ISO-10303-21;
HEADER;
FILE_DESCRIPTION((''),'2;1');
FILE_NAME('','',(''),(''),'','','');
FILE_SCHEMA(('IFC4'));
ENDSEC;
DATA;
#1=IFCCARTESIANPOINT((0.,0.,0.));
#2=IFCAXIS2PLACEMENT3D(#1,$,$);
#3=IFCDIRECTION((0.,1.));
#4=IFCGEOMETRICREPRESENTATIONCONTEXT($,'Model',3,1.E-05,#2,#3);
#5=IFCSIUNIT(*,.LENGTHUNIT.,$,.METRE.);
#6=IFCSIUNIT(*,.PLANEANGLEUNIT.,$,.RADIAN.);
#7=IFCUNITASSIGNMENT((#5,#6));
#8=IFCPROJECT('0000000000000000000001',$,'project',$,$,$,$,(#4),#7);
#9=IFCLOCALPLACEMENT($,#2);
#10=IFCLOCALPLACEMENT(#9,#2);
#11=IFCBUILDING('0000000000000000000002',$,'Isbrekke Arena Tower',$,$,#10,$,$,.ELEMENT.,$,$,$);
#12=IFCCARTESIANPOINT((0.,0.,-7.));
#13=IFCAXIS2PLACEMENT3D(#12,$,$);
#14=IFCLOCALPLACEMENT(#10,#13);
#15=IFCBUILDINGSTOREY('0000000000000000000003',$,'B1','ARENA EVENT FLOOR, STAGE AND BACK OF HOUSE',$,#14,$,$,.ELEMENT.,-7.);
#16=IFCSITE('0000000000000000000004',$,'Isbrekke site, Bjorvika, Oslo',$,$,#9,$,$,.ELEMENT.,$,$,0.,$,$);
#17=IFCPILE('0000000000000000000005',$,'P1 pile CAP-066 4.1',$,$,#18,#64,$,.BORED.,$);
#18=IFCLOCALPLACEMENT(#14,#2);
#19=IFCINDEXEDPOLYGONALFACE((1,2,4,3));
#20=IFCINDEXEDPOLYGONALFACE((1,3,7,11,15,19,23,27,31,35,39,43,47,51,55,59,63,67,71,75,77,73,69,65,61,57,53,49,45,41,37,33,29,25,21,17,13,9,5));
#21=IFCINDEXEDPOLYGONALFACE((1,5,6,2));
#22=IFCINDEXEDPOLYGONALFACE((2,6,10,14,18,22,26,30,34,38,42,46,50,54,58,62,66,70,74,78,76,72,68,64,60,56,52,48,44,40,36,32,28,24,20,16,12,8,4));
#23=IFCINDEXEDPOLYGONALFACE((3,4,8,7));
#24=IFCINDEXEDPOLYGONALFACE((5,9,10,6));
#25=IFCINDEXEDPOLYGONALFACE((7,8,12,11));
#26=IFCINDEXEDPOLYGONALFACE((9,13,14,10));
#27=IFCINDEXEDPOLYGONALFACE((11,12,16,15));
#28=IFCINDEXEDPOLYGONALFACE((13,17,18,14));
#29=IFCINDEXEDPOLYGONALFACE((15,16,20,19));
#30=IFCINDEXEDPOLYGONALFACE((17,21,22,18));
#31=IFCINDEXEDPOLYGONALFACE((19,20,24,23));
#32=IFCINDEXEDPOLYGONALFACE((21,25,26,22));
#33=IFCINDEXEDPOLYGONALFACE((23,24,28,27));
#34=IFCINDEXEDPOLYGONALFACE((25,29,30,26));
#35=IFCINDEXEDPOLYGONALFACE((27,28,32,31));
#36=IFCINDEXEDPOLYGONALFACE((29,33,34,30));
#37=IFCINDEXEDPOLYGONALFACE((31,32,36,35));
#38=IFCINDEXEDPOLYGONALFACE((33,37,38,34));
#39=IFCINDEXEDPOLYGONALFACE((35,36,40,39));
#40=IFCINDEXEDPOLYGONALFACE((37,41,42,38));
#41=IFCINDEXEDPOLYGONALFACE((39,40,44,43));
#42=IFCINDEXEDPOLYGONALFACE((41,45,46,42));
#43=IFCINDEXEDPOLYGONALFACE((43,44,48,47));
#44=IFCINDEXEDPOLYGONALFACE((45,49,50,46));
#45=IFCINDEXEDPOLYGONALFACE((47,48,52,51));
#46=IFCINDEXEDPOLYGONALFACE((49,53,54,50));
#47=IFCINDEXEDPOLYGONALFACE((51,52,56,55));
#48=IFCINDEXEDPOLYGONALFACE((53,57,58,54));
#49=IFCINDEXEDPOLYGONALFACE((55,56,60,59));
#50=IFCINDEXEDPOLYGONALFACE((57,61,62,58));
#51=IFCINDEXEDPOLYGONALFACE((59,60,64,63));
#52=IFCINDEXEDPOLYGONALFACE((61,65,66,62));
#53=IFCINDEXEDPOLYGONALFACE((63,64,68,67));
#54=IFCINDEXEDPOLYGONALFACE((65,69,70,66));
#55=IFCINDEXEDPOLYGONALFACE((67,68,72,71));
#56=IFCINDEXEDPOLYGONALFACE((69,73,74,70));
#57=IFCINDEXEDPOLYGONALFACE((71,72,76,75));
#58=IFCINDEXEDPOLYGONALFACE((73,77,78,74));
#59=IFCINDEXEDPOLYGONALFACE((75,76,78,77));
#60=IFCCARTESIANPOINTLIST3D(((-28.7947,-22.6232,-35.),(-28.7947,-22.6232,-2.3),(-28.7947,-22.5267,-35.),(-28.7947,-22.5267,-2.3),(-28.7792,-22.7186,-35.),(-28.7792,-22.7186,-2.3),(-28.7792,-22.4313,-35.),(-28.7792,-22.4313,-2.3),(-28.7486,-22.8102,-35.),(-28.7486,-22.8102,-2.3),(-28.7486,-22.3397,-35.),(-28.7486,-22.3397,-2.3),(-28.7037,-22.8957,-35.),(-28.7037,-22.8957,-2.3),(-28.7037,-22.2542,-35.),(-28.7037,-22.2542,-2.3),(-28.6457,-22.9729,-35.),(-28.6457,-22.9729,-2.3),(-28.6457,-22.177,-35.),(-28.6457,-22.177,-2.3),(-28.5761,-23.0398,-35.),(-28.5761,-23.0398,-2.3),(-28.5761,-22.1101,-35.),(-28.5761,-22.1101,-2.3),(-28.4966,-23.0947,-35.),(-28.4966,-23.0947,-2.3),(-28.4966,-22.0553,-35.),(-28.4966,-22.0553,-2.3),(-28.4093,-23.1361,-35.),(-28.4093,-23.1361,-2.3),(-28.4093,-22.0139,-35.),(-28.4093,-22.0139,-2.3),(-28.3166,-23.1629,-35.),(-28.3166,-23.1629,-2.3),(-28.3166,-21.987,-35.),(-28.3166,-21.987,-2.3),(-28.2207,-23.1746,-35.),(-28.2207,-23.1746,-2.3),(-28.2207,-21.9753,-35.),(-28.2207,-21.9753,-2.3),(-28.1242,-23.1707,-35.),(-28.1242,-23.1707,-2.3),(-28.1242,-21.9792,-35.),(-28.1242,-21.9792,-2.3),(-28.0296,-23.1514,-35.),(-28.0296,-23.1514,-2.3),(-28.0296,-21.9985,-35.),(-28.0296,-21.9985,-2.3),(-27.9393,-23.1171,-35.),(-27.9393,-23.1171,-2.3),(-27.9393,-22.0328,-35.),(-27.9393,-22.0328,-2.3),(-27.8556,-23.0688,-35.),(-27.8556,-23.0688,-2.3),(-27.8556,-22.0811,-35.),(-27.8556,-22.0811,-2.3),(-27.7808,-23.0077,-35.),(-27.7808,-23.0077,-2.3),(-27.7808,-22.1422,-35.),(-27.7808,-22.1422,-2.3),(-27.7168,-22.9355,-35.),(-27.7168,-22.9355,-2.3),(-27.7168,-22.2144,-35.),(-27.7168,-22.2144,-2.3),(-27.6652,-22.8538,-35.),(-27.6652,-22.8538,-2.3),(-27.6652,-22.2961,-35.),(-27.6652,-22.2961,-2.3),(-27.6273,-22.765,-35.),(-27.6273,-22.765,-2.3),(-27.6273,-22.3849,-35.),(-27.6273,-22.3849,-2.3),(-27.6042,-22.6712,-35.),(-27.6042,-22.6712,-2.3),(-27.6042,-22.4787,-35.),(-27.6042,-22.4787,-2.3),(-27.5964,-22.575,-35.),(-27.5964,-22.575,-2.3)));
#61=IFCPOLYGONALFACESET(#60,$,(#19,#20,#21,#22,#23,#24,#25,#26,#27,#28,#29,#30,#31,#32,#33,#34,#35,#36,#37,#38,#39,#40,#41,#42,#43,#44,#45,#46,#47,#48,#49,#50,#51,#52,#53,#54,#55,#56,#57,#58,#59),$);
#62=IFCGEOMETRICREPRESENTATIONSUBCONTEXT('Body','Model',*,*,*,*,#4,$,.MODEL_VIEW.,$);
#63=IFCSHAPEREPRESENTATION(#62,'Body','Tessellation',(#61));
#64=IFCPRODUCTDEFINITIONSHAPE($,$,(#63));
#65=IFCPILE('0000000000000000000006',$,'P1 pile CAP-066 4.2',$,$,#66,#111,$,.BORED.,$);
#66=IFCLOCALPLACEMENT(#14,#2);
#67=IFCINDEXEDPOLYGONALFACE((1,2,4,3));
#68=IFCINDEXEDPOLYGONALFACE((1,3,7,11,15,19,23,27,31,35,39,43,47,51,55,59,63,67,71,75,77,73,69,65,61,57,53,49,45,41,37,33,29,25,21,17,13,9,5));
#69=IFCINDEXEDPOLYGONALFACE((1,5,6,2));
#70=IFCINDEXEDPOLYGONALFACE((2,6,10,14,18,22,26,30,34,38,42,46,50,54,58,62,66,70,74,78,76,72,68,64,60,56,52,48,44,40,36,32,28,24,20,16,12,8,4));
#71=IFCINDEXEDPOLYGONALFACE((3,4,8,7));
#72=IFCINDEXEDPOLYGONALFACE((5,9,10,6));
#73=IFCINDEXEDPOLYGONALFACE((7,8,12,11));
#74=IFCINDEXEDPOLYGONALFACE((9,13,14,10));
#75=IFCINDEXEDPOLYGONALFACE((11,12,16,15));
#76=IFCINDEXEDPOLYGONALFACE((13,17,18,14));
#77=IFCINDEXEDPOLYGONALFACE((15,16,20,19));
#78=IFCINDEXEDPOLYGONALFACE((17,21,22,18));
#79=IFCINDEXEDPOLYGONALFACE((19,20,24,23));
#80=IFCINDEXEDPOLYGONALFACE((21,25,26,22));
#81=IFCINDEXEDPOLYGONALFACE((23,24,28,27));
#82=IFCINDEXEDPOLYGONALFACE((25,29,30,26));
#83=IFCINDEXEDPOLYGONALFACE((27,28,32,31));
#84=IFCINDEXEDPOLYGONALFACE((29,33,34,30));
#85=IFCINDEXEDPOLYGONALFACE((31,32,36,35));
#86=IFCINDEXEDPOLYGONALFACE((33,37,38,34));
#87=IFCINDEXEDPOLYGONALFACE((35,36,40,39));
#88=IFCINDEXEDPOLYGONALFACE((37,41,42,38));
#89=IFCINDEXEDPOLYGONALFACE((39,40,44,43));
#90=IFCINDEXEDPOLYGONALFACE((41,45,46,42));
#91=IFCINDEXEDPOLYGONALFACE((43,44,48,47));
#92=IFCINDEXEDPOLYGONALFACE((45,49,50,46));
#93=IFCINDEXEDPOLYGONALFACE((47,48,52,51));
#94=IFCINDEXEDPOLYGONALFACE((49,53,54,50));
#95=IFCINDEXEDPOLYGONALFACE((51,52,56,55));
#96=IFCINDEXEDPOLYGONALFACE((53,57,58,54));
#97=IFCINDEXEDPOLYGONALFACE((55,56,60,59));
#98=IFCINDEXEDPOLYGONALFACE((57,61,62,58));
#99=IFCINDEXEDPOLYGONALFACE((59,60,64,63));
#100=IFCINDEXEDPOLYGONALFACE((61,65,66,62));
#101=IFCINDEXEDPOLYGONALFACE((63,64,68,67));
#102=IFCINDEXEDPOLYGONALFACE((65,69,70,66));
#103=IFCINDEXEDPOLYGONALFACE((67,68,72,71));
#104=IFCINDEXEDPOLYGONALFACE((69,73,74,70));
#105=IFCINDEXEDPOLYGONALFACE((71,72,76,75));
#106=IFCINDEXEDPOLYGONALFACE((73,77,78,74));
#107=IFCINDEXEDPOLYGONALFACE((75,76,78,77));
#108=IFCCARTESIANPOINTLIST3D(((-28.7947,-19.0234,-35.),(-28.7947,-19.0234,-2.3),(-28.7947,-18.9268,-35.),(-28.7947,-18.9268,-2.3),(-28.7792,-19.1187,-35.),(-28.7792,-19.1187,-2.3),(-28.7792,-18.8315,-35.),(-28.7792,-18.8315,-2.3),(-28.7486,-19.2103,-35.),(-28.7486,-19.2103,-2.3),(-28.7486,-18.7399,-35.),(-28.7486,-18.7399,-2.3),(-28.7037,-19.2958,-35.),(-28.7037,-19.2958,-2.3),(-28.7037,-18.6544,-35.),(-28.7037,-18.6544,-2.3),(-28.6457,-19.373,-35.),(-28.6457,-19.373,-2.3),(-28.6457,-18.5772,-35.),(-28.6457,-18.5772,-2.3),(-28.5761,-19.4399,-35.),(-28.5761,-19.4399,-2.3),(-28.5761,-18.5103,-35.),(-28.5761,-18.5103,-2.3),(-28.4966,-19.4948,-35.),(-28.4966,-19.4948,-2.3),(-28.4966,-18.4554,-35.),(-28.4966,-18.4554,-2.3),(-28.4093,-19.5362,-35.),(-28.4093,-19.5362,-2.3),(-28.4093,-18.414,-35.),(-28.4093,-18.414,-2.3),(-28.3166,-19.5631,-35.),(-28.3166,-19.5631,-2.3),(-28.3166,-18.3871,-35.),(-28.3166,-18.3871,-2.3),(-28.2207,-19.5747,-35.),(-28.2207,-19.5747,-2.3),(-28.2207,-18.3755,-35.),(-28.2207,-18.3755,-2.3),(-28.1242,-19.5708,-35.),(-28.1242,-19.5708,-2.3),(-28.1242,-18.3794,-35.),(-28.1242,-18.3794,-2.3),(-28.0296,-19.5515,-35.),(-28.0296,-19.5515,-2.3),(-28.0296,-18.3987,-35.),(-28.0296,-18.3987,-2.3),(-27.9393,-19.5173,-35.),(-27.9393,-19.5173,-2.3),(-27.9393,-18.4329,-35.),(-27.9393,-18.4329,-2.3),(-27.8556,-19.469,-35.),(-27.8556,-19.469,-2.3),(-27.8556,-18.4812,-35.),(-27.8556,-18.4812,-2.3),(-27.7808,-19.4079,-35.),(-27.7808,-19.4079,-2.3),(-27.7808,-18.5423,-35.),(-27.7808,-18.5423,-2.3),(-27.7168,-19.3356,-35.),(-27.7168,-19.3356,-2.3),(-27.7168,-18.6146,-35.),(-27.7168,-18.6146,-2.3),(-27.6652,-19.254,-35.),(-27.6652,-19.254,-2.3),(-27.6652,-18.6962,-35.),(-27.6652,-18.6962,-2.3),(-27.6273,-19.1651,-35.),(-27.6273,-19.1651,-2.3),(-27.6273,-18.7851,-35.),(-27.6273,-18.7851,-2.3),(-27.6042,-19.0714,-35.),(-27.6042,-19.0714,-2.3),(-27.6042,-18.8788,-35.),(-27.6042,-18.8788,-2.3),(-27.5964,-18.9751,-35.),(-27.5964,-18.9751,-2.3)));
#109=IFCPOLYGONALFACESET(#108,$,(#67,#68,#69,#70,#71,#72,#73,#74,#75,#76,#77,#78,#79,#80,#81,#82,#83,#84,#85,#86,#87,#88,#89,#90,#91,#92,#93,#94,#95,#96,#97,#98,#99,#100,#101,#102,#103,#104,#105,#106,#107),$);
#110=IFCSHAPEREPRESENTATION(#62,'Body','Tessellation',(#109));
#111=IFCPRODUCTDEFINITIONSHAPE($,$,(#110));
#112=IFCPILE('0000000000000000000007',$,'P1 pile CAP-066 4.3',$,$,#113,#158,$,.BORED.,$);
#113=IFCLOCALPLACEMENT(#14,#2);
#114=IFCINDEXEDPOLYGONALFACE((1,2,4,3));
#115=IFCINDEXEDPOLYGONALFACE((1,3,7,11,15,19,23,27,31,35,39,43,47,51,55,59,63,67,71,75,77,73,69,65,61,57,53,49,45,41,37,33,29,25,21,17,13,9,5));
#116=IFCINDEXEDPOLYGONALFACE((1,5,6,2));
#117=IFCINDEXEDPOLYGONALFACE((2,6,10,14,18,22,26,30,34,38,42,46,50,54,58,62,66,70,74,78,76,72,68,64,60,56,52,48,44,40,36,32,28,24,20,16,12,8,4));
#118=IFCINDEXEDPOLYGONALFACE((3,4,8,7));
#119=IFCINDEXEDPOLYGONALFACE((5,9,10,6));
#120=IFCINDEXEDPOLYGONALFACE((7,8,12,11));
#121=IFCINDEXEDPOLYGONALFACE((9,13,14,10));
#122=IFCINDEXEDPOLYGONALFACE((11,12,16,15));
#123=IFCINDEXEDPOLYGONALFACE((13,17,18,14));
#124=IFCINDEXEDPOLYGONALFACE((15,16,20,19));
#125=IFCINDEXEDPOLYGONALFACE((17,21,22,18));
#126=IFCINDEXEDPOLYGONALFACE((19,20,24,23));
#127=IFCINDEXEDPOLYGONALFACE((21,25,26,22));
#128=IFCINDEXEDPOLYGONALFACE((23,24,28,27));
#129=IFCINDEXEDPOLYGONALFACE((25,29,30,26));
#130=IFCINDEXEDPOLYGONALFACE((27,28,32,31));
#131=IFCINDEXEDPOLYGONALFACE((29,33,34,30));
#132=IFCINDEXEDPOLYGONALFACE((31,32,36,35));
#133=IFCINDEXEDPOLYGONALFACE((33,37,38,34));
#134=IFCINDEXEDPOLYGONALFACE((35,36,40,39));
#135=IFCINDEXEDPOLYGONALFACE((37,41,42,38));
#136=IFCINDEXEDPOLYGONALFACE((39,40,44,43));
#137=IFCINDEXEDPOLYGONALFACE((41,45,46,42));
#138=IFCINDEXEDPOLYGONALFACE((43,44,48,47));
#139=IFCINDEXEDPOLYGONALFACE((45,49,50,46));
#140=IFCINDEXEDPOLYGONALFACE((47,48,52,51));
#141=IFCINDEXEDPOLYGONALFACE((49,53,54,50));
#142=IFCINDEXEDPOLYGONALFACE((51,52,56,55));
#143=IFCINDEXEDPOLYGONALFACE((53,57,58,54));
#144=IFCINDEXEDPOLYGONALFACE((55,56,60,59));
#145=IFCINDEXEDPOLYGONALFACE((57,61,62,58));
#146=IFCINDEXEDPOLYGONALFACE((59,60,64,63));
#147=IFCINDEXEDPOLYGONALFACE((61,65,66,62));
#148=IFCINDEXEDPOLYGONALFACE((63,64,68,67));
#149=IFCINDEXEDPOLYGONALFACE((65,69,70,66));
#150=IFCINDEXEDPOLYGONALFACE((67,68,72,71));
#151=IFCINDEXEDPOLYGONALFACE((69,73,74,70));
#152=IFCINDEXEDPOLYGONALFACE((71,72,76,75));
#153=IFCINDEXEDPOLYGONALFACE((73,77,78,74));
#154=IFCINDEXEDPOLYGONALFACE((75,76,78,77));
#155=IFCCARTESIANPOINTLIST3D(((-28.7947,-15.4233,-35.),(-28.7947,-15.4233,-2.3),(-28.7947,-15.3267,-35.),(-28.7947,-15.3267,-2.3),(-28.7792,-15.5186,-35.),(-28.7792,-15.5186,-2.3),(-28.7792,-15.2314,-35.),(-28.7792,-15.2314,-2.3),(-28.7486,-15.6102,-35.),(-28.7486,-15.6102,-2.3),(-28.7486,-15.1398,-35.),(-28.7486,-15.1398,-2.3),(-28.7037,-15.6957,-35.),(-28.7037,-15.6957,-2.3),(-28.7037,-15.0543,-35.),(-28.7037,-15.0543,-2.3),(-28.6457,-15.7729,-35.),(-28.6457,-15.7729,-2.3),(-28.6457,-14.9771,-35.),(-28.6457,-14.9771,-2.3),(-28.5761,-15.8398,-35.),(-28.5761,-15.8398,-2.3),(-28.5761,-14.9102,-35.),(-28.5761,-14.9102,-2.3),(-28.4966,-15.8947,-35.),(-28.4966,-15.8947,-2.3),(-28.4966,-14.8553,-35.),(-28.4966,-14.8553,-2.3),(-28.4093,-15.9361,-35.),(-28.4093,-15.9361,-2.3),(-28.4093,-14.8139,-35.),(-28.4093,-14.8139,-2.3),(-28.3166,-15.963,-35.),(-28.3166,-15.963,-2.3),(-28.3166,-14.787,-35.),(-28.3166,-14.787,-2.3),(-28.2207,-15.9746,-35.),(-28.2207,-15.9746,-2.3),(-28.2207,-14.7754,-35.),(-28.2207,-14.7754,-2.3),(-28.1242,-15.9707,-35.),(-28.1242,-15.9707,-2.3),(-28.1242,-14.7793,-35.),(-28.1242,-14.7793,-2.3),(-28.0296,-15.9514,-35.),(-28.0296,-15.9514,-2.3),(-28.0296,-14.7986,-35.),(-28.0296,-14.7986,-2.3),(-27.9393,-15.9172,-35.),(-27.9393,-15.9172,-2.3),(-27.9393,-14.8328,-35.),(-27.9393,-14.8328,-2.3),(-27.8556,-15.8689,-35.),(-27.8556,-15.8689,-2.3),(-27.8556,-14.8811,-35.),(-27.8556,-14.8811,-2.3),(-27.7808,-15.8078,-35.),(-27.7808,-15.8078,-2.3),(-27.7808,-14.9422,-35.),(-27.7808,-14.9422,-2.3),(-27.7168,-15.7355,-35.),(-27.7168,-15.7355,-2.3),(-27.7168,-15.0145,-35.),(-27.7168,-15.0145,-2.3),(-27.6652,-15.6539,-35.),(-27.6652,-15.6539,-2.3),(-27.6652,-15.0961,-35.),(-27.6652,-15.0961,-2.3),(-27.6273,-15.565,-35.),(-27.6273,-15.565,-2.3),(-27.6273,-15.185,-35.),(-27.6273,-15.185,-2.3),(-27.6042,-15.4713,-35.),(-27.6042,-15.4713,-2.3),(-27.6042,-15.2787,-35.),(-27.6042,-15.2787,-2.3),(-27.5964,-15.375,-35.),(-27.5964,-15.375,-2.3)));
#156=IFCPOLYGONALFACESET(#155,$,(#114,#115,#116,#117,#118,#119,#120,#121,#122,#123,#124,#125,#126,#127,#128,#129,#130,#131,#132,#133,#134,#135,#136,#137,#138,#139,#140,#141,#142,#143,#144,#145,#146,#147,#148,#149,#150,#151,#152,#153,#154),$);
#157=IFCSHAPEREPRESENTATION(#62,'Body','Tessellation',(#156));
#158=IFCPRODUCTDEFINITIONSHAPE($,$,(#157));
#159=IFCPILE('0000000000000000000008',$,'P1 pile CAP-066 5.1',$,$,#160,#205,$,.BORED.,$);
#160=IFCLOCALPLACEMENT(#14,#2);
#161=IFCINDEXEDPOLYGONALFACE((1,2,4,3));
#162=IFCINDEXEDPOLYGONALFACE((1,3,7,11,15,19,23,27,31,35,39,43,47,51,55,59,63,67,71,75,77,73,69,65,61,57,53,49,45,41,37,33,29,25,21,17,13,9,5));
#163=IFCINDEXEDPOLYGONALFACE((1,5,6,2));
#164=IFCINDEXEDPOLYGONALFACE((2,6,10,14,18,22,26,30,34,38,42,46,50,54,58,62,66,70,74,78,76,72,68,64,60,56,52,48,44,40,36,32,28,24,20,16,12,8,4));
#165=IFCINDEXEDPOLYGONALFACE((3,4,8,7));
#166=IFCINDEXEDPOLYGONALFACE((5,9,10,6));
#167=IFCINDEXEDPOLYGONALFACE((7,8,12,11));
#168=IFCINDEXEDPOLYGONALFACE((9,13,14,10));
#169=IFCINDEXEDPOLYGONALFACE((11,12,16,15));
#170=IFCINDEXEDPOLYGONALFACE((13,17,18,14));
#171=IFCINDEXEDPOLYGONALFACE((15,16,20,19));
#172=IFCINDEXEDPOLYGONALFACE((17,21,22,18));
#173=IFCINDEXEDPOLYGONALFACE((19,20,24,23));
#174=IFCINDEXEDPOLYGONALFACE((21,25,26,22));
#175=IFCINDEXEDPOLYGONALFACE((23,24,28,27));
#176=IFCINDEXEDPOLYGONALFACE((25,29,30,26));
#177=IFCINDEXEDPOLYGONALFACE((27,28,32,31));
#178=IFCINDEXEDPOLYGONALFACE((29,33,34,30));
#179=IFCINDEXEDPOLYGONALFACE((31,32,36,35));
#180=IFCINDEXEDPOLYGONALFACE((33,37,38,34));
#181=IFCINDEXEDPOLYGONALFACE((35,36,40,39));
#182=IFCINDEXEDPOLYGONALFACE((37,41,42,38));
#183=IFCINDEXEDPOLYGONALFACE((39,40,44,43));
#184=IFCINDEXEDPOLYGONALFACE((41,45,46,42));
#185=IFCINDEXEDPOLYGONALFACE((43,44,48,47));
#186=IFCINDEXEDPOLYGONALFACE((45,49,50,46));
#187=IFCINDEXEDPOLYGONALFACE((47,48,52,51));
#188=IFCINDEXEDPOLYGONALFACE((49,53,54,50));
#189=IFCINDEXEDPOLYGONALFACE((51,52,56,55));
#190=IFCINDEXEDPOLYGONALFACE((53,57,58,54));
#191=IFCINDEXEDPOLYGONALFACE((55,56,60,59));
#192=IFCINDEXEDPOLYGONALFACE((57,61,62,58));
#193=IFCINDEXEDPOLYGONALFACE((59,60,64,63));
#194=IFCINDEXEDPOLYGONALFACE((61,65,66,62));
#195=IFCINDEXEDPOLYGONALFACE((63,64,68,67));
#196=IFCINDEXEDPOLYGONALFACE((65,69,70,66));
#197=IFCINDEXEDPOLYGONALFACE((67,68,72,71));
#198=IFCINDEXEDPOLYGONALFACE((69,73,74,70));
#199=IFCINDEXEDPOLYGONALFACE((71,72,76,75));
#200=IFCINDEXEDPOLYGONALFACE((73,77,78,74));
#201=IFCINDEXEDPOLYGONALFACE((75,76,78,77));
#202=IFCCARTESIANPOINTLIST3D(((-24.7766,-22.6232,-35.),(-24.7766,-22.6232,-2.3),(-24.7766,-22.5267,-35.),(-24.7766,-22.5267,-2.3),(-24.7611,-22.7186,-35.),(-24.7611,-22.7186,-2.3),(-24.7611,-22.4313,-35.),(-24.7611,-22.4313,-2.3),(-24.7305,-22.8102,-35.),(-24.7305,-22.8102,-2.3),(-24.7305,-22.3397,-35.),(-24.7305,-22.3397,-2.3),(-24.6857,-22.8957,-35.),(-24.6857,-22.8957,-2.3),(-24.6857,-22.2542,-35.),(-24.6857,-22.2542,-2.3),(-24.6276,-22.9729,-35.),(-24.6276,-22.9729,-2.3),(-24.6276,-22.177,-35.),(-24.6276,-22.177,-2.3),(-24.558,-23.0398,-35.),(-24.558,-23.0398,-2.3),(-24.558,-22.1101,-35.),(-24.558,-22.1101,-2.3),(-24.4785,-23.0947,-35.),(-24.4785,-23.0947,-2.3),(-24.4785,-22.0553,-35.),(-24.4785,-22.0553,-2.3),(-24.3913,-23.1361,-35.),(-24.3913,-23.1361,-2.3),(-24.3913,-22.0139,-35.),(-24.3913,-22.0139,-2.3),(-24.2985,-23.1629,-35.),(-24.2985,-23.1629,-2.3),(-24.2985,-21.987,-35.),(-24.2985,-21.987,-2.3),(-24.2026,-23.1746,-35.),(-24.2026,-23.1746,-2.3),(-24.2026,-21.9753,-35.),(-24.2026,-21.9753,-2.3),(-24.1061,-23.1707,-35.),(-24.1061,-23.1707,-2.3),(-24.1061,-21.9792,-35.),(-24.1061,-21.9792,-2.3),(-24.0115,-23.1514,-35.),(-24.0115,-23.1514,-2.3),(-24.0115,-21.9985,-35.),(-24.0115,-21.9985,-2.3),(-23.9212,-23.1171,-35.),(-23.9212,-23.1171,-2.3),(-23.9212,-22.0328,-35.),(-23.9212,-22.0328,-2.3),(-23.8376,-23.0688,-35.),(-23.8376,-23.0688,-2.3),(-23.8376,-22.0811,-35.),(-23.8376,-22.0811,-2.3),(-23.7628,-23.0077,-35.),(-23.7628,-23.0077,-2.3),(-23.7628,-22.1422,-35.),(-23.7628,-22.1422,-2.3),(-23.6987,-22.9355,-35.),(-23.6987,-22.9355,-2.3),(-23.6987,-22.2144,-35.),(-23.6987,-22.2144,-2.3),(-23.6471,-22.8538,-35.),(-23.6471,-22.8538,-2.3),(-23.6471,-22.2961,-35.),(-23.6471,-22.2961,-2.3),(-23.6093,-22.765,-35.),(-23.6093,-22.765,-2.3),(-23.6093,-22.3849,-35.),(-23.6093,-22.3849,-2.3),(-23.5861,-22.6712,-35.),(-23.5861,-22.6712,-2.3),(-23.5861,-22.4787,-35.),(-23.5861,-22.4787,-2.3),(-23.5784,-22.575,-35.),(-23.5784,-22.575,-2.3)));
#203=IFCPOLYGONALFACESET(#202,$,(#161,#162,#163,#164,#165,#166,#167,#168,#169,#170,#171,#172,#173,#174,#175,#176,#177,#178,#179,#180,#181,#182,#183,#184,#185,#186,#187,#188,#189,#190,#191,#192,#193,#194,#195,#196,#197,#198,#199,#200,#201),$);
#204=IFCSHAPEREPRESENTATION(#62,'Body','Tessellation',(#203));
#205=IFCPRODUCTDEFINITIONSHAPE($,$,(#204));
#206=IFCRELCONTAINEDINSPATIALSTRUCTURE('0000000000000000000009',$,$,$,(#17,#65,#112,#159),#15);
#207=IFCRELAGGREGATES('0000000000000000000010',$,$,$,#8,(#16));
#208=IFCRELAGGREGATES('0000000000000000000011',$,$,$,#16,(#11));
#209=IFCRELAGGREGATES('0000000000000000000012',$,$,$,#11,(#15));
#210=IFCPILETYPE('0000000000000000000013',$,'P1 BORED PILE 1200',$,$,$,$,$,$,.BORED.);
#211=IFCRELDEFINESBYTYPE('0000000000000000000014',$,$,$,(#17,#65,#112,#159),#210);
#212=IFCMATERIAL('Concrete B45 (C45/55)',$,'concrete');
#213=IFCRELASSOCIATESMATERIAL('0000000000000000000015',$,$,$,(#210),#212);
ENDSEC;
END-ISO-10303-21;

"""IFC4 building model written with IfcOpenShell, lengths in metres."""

from ifc_helpers import new_model, si_unit, direction, frame, origin, origin_2d, place, context, subcontext, project, spatial, circle, extrude, material, material_profile, profile_set, type_object, element, save


model = new_model("IFC4")

# Units and contexts
model_context = context("Model", 3, precision=1e-05, world=origin(), true_north=direction((0.0, 1.0)))
body_context = subcontext(model_context, "Body", "Model", "MODEL_VIEW")
ifc_project = project(units=[si_unit("LENGTHUNIT", "METRE"), si_unit("PLANEANGLEUNIT", "RADIAN")], contexts=[model_context])

# Site, building, storey
site_placement = place(None, origin())
site = spatial("IfcSite", under=ifc_project, at=site_placement, Name="Isbrekke site, Bjorvika, Oslo", CompositionType="ELEMENT", RefElevation=0.0)
building_placement = place(site_placement, origin())
building = spatial("IfcBuilding", under=site, at=building_placement, Name="Isbrekke Arena Tower", CompositionType="ELEMENT")
storey_placement = place(building_placement, frame((0.0, 0.0, -7.0)))
storey = spatial("IfcBuildingStorey", under=building, at=storey_placement, Name="B1", Description="ARENA EVENT FLOOR, STAGE AND BACK OF HOUSE", CompositionType="ELEMENT", Elevation=-7.0)

# Piles
ifc_material_1 = material(Name="Concrete B45 (C45/55)", Category="concrete")
ifc_material_profile_1 = material_profile(ifc_material_1, circle(Radius=0.6001, at=origin_2d()), Name="BORED PILE D1200")
ifc_profile_set_1 = profile_set([ifc_material_profile_1], Name="Concrete B45 (C45/55)")
pile_type = type_object("IfcPileType", Name="P1 BORED PILE 1200", PredefinedType="BORED", material=ifc_profile_set_1)
for number, where, z_axis, x_axis, name in (
    (1, (-28.1965, -22.575, -2.3), (0.0, 0.0, -1.0), (1.0, 0.0, 0.0), "P1 pile CAP-066 4.1"),
    (2, (-28.1965, -18.9751, -2.3), (0.0, 0.0, -1.0), (1.0, 0.0, 0.0), "P1 pile CAP-066 4.2"),
    (3, (-28.1965, -15.375, -2.3), (0.0, 0.0, -1.0), (1.0, 0.0, 0.0), "P1 pile CAP-066 4.3"),
    (4, (-24.1785, -22.575, -2.3), (0.0, 0.0, -1.0), (1.0, 0.0, 0.0), "P1 pile CAP-066 5.1"),
):
    element("IfcPile", number, at=place(storey_placement, frame(where, z_axis=z_axis, x_axis=x_axis)), inside=storey, type_object=pile_type, Name=name, PredefinedType="BORED", context=body_context, shape_type="SweptSolid", body=[
        extrude(circle(Radius=0.6001, at=origin_2d()), origin(), (0.0, 0.0, 1.0), 32.7),
    ])

save(model, "model.ifc")
